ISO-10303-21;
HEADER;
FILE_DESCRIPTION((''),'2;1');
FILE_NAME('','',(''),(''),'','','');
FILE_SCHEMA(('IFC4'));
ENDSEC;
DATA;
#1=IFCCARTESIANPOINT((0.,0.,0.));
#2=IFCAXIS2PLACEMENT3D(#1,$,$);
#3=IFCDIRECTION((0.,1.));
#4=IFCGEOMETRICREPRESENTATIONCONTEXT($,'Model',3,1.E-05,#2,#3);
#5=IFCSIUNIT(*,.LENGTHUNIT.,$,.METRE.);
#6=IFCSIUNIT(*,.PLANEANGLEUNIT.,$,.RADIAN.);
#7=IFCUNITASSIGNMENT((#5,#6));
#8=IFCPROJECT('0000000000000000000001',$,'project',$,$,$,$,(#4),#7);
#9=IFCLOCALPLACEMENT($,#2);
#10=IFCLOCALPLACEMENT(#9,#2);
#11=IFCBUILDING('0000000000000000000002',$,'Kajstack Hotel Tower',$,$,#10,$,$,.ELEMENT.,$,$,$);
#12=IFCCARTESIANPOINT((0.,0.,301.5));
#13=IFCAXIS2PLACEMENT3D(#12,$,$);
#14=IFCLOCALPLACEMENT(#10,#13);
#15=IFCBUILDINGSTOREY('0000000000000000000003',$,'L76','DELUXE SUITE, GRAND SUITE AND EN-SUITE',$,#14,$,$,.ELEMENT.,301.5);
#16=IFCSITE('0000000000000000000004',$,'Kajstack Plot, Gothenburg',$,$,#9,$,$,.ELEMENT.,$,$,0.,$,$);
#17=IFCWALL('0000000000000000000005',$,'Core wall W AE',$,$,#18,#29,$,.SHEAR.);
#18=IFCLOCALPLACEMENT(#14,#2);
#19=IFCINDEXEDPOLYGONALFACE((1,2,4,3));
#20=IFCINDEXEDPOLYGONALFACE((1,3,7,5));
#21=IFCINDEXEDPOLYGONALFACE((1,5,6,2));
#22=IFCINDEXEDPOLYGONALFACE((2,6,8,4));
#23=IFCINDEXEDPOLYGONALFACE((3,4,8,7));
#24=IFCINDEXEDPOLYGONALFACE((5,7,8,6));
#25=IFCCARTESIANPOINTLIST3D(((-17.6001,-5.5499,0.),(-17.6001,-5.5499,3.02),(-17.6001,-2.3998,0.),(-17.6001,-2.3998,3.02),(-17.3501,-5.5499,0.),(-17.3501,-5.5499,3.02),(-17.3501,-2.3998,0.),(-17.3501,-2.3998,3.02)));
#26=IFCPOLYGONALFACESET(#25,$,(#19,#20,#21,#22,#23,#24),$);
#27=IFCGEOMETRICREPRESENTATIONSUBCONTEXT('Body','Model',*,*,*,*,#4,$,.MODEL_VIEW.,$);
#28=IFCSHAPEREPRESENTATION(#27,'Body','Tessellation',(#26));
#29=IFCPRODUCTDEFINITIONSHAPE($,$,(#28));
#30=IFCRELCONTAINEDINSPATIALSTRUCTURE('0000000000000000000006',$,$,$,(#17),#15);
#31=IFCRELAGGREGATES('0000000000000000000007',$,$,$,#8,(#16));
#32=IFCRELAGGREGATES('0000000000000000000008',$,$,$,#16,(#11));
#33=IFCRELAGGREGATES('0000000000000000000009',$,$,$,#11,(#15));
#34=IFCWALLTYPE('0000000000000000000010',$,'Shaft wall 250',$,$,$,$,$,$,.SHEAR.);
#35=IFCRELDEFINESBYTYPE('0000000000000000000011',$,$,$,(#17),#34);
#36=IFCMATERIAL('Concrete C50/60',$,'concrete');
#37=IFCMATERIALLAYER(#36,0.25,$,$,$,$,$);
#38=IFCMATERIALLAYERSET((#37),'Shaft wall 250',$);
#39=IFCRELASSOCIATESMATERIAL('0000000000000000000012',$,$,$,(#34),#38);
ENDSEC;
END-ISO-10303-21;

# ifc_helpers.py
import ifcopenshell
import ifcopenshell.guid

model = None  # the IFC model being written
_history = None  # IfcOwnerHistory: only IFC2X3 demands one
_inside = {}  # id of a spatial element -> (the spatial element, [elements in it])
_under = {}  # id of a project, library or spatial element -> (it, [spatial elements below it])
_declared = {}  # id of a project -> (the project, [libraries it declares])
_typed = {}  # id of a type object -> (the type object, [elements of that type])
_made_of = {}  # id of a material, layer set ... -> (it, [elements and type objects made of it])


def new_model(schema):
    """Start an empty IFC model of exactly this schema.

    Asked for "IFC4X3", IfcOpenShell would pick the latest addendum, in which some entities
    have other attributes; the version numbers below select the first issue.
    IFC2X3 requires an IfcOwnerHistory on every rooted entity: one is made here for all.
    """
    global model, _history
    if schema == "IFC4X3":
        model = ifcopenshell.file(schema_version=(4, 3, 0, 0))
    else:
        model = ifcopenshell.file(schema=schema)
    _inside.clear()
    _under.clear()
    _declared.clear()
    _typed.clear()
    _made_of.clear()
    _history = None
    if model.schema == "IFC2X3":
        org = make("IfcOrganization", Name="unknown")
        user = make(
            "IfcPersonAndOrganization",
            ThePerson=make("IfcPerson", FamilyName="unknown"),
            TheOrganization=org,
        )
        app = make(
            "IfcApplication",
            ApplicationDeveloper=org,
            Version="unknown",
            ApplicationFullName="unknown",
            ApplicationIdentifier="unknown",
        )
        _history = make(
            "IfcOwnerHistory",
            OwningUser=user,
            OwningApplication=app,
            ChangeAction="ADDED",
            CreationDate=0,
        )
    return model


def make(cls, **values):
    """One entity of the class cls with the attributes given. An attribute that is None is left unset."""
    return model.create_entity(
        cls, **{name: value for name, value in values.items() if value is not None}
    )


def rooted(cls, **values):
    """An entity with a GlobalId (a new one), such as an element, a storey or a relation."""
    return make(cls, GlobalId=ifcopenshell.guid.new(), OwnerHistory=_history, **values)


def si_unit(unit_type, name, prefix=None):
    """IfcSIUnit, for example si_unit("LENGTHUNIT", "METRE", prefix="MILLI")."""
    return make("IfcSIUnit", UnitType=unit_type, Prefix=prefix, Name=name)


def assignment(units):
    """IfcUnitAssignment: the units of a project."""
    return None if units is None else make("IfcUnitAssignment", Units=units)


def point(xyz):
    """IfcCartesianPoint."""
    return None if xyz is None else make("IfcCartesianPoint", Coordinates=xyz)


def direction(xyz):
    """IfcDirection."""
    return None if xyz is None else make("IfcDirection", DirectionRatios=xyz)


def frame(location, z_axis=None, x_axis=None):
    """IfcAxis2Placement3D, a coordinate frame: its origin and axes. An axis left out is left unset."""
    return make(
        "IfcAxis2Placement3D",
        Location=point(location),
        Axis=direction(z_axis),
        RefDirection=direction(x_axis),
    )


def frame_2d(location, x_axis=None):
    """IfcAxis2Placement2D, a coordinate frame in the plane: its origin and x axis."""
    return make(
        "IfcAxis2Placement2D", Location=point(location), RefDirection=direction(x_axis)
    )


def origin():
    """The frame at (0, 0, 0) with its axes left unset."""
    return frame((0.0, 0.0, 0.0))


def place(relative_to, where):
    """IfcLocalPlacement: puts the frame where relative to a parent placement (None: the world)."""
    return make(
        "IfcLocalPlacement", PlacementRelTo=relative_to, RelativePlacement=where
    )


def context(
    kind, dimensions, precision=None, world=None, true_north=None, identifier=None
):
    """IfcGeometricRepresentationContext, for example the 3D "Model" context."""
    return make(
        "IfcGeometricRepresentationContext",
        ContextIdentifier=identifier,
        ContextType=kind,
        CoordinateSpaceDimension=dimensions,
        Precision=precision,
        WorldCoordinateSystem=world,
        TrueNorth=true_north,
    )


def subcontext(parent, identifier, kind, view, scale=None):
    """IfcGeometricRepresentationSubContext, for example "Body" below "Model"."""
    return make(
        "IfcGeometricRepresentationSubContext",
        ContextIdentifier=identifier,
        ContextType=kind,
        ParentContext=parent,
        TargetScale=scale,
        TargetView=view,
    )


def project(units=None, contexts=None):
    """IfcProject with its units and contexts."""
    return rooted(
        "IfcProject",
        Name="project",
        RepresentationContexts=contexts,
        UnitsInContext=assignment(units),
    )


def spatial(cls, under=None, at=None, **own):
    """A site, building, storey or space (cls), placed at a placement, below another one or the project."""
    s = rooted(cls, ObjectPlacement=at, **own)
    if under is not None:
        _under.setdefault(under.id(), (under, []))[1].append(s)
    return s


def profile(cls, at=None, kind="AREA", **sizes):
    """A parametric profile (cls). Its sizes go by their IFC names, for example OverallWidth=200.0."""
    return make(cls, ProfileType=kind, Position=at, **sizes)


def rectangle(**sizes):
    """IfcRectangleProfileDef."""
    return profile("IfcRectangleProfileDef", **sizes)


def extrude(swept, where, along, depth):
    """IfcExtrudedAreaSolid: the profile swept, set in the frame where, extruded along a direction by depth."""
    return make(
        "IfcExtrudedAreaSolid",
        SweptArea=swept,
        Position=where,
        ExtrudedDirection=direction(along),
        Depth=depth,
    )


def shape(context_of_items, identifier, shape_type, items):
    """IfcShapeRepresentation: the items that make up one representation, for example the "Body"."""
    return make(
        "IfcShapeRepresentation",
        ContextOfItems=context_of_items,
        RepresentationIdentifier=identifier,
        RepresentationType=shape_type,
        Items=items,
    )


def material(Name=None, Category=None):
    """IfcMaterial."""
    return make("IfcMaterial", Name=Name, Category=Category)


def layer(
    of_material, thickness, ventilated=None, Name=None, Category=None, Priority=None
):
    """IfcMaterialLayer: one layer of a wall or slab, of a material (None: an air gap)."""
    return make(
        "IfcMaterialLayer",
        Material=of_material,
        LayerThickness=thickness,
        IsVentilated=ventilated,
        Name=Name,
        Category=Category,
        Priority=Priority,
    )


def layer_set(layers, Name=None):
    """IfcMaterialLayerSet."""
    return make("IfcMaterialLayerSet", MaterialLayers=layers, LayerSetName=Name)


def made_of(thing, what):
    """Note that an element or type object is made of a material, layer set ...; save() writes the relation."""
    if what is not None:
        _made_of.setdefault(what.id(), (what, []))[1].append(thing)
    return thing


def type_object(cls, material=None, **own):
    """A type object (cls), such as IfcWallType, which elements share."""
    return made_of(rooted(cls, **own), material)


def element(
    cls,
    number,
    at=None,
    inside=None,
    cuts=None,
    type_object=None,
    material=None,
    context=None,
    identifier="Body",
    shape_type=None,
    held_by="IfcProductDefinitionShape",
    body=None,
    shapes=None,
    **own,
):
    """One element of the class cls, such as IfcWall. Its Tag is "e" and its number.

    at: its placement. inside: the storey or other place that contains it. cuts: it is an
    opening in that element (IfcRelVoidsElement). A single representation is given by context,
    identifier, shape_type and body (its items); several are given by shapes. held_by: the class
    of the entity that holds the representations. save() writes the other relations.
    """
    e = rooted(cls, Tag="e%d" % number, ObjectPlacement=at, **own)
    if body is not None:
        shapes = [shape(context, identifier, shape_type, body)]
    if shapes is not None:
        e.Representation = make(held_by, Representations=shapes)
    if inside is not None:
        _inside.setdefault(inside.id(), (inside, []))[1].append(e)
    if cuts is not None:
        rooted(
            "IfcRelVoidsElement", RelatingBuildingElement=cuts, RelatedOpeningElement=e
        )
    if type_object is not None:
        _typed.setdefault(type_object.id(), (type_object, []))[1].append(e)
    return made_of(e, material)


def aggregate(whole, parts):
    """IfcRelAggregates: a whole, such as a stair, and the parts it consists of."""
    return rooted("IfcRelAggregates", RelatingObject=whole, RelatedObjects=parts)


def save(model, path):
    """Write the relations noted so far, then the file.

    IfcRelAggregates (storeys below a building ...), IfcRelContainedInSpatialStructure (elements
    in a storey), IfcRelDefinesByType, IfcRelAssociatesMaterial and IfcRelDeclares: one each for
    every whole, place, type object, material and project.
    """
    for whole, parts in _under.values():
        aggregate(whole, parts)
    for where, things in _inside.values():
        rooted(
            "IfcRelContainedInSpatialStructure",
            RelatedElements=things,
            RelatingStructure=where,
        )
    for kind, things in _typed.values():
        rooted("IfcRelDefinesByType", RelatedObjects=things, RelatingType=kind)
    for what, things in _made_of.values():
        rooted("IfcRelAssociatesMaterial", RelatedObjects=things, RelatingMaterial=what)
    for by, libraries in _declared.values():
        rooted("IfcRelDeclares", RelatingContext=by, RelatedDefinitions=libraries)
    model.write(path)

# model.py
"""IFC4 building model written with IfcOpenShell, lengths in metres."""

from ifc_helpers import new_model, si_unit, direction, frame, frame_2d, origin, place, context, subcontext, project, spatial, rectangle, extrude, material, layer, layer_set, type_object, element, save


model = new_model("IFC4")

# Units and contexts
model_context = context("Model", 3, precision=1e-05, world=origin(), true_north=direction((0.0, 1.0)))
body_context = subcontext(model_context, "Body", "Model", "MODEL_VIEW")
ifc_project = project(units=[si_unit("LENGTHUNIT", "METRE"), si_unit("PLANEANGLEUNIT", "RADIAN")], contexts=[model_context])

# Site, building, storey
site_placement = place(None, origin())
site = spatial("IfcSite", under=ifc_project, at=site_placement, Name="Kajstack Plot, Gothenburg", CompositionType="ELEMENT", RefElevation=0.0)
building_placement = place(site_placement, origin())
building = spatial("IfcBuilding", under=site, at=building_placement, Name="Kajstack Hotel Tower", CompositionType="ELEMENT")
storey_placement = place(building_placement, frame((0.0, 0.0, 301.5)))
storey = spatial("IfcBuildingStorey", under=building, at=storey_placement, Name="L76", Description="DELUXE SUITE, GRAND SUITE AND EN-SUITE", CompositionType="ELEMENT", Elevation=301.5)

# Shared definitions
ifc_material_1 = material(Name="Concrete C50/60", Category="concrete")

# Wall
ifc_layer_1 = layer(ifc_material_1, 0.25)
ifc_layer_set_1 = layer_set([ifc_layer_1], Name="Shaft wall 250")
wall_type_1 = type_object("IfcWallType", Name="Shaft wall 250", PredefinedType="SHEAR", material=ifc_layer_set_1)
wall_1_placement = place(storey_placement, frame((-17.4751, -5.55, 0.0), z_axis=(0.0, 0.0, 1.0), x_axis=(0.0, 1.0, 0.0)))
element("IfcWall", 1, at=wall_1_placement, inside=storey, type_object=wall_type_1, Name="Core wall W AE", PredefinedType="SHEAR", context=body_context, shape_type="SweptSolid", body=[
    extrude(rectangle(XDim=3.1501, YDim=0.25, at=frame_2d((1.5752, 0.0))), origin(), (0.0, 0.0, 1.0), 3.02),
])

save(model, "model.ifc")
